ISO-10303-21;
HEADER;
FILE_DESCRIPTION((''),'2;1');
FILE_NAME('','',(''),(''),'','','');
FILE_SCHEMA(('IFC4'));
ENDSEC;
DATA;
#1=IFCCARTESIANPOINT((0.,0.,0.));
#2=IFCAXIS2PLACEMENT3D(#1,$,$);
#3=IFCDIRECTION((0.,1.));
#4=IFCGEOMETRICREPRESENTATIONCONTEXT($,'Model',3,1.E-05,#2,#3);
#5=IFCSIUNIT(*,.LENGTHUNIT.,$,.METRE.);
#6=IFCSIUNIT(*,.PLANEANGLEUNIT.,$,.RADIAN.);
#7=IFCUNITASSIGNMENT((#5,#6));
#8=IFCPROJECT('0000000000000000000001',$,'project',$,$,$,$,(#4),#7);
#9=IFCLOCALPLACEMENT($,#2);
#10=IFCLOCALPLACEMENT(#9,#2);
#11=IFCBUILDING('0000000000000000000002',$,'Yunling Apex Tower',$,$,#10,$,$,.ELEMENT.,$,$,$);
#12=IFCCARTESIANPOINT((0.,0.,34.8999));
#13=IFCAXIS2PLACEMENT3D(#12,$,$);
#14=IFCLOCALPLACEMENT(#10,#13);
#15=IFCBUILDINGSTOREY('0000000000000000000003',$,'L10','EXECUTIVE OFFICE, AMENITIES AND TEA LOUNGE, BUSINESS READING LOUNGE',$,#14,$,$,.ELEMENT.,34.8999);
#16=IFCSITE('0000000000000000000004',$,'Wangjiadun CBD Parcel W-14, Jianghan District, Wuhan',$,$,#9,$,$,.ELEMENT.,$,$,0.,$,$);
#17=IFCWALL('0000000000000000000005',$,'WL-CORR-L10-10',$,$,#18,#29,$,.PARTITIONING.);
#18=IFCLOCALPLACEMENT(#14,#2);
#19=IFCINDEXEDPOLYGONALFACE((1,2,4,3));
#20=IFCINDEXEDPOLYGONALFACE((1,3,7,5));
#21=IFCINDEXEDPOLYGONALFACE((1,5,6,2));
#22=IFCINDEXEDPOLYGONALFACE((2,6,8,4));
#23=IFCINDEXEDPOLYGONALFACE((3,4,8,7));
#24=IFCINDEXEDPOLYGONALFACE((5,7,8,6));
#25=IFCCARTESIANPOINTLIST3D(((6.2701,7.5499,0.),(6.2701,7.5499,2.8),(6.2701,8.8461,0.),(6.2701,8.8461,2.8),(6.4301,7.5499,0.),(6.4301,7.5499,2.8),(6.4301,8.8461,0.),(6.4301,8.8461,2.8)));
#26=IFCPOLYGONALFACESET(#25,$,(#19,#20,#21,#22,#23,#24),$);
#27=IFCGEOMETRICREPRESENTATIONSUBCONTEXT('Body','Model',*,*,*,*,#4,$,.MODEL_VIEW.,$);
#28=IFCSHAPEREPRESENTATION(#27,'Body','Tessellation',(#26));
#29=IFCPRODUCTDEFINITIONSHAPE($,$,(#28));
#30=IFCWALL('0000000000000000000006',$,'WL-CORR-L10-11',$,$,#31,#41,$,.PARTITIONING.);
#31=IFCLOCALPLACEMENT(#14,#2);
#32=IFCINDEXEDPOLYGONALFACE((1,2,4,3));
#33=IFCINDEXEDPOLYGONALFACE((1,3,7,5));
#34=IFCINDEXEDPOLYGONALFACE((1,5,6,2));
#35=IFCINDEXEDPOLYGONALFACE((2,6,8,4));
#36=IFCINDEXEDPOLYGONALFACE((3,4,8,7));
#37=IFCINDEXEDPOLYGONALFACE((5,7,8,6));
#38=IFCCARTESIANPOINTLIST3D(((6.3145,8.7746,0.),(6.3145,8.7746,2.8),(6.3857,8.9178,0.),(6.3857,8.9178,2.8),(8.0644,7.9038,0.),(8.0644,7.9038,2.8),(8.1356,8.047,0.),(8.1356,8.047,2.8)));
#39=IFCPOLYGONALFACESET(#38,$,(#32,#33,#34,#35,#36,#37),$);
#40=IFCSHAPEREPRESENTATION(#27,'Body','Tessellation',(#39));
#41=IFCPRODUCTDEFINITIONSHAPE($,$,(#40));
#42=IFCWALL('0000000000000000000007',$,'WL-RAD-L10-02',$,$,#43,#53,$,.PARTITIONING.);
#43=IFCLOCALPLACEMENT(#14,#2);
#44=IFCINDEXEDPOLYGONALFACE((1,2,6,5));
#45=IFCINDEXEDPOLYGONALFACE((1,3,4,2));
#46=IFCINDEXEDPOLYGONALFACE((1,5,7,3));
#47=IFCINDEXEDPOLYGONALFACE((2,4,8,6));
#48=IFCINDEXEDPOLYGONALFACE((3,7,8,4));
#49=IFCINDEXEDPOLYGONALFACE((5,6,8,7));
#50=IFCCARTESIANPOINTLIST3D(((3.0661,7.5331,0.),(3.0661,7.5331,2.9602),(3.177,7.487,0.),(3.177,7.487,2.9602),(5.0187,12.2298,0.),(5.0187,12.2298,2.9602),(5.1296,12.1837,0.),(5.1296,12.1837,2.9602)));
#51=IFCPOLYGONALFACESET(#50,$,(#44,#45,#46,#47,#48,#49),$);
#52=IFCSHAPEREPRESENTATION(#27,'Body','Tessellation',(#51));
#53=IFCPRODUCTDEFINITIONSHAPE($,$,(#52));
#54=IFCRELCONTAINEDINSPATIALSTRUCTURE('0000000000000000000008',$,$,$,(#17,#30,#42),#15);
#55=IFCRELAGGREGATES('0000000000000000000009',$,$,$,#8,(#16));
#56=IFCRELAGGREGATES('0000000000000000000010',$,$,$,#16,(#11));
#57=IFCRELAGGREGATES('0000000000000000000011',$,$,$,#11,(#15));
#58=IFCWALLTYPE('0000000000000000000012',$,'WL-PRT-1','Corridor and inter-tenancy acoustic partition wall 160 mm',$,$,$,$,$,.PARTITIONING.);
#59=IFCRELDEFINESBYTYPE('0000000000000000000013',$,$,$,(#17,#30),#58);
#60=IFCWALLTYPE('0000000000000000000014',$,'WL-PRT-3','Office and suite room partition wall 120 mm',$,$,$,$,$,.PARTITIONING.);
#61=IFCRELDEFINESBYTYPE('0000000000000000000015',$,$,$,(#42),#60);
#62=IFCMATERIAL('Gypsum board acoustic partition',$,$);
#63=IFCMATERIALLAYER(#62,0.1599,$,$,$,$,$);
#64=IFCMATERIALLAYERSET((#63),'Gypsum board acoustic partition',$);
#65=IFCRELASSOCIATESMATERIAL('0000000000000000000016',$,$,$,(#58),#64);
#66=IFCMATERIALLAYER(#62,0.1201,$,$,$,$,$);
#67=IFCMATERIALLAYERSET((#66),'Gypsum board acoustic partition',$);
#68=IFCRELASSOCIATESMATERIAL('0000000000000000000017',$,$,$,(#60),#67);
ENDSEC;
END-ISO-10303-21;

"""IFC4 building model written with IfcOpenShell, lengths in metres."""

from ifc_helpers import new_model, si_unit, direction, frame, frame_2d, origin, place, context, subcontext, project, spatial, rectangle, extrude, material, layer, layer_set, type_object, element, save


model = new_model("IFC4")

# Units and contexts
model_context = context("Model", 3, precision=1e-05, world=origin(), true_north=direction((0.0, 1.0)))
body_context = subcontext(model_context, "Body", "Model", "MODEL_VIEW")
ifc_project = project(units=[si_unit("LENGTHUNIT", "METRE"), si_unit("PLANEANGLEUNIT", "RADIAN")], contexts=[model_context])

# Site, building, storey
site_placement = place(None, origin())
site = spatial("IfcSite", under=ifc_project, at=site_placement, Name="Wangjiadun CBD Parcel W-14, Jianghan District, Wuhan", CompositionType="ELEMENT", RefElevation=0.0)
building_placement = place(site_placement, origin())
building = spatial("IfcBuilding", under=site, at=building_placement, Name="Yunling Apex Tower", CompositionType="ELEMENT")
storey_placement = place(building_placement, frame((0.0, 0.0, 34.8999)))
storey = spatial("IfcBuildingStorey", under=building, at=storey_placement, Name="L10", Description="EXECUTIVE OFFICE, AMENITIES AND TEA LOUNGE, BUSINESS READING LOUNGE", CompositionType="ELEMENT", Elevation=34.8999)

# Walls
ifc_material_1 = material(Name="Gypsum board acoustic partition")
ifc_layer_1 = layer(ifc_material_1, 0.1599)
ifc_layer_set_1 = layer_set([ifc_layer_1], Name="Gypsum board acoustic partition")
wall_type_1 = type_object("IfcWallType", Name="WL-PRT-1", Description="Corridor and inter-tenancy acoustic partition wall 160 mm", PredefinedType="PARTITIONING", material=ifc_layer_set_1)
wall_1_placement = place(storey_placement, frame((6.3501, 7.55, 0.0), z_axis=(0.0, 0.0, 1.0), x_axis=(0.0, 1.0, 0.0)))
element("IfcWall", 1, at=wall_1_placement, inside=storey, type_object=wall_type_1, Name="WL-CORR-L10-10", PredefinedType="PARTITIONING", context=body_context, shape_type="SweptSolid", body=[
    extrude(rectangle(XDim=1.2961, YDim=0.1599, at=frame_2d((0.6479, 0.0))), origin(), (0.0, 0.0, 1.0), 2.8),
])
wall_2_placement = place(storey_placement, frame((6.3501, 8.8462, 0.0), z_axis=(0.0, 0.0, 1.0), x_axis=(0.895275, -0.445514, 0.0)))
element("IfcWall", 2, at=wall_2_placement, inside=storey, type_object=wall_type_1, Name="WL-CORR-L10-11", PredefinedType="PARTITIONING", context=body_context, shape_type="SweptSolid", body=[
    extrude(rectangle(XDim=1.9546, YDim=0.1599, at=frame_2d((0.9773, 0.0))), origin(), (0.0, 0.0, 1.0), 2.8),
])
ifc_layer_2 = layer(ifc_material_1, 0.1201)
ifc_layer_set_2 = layer_set([ifc_layer_2], Name="Gypsum board acoustic partition")
wall_type_2 = type_object("IfcWallType", Name="WL-PRT-3", Description="Office and suite room partition wall 120 mm", PredefinedType="PARTITIONING", material=ifc_layer_set_2)
wall_3_placement = place(storey_placement, frame((3.1216, 7.51, 0.0), z_axis=(0.0, 0.0, 1.0), x_axis=(0.383886, 0.923381, 0.0)))
element("IfcWall", 3, at=wall_3_placement, inside=storey, type_object=wall_type_2, Name="WL-RAD-L10-02", PredefinedType="PARTITIONING", context=body_context, shape_type="SweptSolid", body=[
    extrude(rectangle(XDim=5.0864, YDim=0.1201, at=frame_2d((2.5432, 0.0))), origin(), (0.0, 0.0, 1.0), 2.9602),
])

save(model, "model.ifc")
